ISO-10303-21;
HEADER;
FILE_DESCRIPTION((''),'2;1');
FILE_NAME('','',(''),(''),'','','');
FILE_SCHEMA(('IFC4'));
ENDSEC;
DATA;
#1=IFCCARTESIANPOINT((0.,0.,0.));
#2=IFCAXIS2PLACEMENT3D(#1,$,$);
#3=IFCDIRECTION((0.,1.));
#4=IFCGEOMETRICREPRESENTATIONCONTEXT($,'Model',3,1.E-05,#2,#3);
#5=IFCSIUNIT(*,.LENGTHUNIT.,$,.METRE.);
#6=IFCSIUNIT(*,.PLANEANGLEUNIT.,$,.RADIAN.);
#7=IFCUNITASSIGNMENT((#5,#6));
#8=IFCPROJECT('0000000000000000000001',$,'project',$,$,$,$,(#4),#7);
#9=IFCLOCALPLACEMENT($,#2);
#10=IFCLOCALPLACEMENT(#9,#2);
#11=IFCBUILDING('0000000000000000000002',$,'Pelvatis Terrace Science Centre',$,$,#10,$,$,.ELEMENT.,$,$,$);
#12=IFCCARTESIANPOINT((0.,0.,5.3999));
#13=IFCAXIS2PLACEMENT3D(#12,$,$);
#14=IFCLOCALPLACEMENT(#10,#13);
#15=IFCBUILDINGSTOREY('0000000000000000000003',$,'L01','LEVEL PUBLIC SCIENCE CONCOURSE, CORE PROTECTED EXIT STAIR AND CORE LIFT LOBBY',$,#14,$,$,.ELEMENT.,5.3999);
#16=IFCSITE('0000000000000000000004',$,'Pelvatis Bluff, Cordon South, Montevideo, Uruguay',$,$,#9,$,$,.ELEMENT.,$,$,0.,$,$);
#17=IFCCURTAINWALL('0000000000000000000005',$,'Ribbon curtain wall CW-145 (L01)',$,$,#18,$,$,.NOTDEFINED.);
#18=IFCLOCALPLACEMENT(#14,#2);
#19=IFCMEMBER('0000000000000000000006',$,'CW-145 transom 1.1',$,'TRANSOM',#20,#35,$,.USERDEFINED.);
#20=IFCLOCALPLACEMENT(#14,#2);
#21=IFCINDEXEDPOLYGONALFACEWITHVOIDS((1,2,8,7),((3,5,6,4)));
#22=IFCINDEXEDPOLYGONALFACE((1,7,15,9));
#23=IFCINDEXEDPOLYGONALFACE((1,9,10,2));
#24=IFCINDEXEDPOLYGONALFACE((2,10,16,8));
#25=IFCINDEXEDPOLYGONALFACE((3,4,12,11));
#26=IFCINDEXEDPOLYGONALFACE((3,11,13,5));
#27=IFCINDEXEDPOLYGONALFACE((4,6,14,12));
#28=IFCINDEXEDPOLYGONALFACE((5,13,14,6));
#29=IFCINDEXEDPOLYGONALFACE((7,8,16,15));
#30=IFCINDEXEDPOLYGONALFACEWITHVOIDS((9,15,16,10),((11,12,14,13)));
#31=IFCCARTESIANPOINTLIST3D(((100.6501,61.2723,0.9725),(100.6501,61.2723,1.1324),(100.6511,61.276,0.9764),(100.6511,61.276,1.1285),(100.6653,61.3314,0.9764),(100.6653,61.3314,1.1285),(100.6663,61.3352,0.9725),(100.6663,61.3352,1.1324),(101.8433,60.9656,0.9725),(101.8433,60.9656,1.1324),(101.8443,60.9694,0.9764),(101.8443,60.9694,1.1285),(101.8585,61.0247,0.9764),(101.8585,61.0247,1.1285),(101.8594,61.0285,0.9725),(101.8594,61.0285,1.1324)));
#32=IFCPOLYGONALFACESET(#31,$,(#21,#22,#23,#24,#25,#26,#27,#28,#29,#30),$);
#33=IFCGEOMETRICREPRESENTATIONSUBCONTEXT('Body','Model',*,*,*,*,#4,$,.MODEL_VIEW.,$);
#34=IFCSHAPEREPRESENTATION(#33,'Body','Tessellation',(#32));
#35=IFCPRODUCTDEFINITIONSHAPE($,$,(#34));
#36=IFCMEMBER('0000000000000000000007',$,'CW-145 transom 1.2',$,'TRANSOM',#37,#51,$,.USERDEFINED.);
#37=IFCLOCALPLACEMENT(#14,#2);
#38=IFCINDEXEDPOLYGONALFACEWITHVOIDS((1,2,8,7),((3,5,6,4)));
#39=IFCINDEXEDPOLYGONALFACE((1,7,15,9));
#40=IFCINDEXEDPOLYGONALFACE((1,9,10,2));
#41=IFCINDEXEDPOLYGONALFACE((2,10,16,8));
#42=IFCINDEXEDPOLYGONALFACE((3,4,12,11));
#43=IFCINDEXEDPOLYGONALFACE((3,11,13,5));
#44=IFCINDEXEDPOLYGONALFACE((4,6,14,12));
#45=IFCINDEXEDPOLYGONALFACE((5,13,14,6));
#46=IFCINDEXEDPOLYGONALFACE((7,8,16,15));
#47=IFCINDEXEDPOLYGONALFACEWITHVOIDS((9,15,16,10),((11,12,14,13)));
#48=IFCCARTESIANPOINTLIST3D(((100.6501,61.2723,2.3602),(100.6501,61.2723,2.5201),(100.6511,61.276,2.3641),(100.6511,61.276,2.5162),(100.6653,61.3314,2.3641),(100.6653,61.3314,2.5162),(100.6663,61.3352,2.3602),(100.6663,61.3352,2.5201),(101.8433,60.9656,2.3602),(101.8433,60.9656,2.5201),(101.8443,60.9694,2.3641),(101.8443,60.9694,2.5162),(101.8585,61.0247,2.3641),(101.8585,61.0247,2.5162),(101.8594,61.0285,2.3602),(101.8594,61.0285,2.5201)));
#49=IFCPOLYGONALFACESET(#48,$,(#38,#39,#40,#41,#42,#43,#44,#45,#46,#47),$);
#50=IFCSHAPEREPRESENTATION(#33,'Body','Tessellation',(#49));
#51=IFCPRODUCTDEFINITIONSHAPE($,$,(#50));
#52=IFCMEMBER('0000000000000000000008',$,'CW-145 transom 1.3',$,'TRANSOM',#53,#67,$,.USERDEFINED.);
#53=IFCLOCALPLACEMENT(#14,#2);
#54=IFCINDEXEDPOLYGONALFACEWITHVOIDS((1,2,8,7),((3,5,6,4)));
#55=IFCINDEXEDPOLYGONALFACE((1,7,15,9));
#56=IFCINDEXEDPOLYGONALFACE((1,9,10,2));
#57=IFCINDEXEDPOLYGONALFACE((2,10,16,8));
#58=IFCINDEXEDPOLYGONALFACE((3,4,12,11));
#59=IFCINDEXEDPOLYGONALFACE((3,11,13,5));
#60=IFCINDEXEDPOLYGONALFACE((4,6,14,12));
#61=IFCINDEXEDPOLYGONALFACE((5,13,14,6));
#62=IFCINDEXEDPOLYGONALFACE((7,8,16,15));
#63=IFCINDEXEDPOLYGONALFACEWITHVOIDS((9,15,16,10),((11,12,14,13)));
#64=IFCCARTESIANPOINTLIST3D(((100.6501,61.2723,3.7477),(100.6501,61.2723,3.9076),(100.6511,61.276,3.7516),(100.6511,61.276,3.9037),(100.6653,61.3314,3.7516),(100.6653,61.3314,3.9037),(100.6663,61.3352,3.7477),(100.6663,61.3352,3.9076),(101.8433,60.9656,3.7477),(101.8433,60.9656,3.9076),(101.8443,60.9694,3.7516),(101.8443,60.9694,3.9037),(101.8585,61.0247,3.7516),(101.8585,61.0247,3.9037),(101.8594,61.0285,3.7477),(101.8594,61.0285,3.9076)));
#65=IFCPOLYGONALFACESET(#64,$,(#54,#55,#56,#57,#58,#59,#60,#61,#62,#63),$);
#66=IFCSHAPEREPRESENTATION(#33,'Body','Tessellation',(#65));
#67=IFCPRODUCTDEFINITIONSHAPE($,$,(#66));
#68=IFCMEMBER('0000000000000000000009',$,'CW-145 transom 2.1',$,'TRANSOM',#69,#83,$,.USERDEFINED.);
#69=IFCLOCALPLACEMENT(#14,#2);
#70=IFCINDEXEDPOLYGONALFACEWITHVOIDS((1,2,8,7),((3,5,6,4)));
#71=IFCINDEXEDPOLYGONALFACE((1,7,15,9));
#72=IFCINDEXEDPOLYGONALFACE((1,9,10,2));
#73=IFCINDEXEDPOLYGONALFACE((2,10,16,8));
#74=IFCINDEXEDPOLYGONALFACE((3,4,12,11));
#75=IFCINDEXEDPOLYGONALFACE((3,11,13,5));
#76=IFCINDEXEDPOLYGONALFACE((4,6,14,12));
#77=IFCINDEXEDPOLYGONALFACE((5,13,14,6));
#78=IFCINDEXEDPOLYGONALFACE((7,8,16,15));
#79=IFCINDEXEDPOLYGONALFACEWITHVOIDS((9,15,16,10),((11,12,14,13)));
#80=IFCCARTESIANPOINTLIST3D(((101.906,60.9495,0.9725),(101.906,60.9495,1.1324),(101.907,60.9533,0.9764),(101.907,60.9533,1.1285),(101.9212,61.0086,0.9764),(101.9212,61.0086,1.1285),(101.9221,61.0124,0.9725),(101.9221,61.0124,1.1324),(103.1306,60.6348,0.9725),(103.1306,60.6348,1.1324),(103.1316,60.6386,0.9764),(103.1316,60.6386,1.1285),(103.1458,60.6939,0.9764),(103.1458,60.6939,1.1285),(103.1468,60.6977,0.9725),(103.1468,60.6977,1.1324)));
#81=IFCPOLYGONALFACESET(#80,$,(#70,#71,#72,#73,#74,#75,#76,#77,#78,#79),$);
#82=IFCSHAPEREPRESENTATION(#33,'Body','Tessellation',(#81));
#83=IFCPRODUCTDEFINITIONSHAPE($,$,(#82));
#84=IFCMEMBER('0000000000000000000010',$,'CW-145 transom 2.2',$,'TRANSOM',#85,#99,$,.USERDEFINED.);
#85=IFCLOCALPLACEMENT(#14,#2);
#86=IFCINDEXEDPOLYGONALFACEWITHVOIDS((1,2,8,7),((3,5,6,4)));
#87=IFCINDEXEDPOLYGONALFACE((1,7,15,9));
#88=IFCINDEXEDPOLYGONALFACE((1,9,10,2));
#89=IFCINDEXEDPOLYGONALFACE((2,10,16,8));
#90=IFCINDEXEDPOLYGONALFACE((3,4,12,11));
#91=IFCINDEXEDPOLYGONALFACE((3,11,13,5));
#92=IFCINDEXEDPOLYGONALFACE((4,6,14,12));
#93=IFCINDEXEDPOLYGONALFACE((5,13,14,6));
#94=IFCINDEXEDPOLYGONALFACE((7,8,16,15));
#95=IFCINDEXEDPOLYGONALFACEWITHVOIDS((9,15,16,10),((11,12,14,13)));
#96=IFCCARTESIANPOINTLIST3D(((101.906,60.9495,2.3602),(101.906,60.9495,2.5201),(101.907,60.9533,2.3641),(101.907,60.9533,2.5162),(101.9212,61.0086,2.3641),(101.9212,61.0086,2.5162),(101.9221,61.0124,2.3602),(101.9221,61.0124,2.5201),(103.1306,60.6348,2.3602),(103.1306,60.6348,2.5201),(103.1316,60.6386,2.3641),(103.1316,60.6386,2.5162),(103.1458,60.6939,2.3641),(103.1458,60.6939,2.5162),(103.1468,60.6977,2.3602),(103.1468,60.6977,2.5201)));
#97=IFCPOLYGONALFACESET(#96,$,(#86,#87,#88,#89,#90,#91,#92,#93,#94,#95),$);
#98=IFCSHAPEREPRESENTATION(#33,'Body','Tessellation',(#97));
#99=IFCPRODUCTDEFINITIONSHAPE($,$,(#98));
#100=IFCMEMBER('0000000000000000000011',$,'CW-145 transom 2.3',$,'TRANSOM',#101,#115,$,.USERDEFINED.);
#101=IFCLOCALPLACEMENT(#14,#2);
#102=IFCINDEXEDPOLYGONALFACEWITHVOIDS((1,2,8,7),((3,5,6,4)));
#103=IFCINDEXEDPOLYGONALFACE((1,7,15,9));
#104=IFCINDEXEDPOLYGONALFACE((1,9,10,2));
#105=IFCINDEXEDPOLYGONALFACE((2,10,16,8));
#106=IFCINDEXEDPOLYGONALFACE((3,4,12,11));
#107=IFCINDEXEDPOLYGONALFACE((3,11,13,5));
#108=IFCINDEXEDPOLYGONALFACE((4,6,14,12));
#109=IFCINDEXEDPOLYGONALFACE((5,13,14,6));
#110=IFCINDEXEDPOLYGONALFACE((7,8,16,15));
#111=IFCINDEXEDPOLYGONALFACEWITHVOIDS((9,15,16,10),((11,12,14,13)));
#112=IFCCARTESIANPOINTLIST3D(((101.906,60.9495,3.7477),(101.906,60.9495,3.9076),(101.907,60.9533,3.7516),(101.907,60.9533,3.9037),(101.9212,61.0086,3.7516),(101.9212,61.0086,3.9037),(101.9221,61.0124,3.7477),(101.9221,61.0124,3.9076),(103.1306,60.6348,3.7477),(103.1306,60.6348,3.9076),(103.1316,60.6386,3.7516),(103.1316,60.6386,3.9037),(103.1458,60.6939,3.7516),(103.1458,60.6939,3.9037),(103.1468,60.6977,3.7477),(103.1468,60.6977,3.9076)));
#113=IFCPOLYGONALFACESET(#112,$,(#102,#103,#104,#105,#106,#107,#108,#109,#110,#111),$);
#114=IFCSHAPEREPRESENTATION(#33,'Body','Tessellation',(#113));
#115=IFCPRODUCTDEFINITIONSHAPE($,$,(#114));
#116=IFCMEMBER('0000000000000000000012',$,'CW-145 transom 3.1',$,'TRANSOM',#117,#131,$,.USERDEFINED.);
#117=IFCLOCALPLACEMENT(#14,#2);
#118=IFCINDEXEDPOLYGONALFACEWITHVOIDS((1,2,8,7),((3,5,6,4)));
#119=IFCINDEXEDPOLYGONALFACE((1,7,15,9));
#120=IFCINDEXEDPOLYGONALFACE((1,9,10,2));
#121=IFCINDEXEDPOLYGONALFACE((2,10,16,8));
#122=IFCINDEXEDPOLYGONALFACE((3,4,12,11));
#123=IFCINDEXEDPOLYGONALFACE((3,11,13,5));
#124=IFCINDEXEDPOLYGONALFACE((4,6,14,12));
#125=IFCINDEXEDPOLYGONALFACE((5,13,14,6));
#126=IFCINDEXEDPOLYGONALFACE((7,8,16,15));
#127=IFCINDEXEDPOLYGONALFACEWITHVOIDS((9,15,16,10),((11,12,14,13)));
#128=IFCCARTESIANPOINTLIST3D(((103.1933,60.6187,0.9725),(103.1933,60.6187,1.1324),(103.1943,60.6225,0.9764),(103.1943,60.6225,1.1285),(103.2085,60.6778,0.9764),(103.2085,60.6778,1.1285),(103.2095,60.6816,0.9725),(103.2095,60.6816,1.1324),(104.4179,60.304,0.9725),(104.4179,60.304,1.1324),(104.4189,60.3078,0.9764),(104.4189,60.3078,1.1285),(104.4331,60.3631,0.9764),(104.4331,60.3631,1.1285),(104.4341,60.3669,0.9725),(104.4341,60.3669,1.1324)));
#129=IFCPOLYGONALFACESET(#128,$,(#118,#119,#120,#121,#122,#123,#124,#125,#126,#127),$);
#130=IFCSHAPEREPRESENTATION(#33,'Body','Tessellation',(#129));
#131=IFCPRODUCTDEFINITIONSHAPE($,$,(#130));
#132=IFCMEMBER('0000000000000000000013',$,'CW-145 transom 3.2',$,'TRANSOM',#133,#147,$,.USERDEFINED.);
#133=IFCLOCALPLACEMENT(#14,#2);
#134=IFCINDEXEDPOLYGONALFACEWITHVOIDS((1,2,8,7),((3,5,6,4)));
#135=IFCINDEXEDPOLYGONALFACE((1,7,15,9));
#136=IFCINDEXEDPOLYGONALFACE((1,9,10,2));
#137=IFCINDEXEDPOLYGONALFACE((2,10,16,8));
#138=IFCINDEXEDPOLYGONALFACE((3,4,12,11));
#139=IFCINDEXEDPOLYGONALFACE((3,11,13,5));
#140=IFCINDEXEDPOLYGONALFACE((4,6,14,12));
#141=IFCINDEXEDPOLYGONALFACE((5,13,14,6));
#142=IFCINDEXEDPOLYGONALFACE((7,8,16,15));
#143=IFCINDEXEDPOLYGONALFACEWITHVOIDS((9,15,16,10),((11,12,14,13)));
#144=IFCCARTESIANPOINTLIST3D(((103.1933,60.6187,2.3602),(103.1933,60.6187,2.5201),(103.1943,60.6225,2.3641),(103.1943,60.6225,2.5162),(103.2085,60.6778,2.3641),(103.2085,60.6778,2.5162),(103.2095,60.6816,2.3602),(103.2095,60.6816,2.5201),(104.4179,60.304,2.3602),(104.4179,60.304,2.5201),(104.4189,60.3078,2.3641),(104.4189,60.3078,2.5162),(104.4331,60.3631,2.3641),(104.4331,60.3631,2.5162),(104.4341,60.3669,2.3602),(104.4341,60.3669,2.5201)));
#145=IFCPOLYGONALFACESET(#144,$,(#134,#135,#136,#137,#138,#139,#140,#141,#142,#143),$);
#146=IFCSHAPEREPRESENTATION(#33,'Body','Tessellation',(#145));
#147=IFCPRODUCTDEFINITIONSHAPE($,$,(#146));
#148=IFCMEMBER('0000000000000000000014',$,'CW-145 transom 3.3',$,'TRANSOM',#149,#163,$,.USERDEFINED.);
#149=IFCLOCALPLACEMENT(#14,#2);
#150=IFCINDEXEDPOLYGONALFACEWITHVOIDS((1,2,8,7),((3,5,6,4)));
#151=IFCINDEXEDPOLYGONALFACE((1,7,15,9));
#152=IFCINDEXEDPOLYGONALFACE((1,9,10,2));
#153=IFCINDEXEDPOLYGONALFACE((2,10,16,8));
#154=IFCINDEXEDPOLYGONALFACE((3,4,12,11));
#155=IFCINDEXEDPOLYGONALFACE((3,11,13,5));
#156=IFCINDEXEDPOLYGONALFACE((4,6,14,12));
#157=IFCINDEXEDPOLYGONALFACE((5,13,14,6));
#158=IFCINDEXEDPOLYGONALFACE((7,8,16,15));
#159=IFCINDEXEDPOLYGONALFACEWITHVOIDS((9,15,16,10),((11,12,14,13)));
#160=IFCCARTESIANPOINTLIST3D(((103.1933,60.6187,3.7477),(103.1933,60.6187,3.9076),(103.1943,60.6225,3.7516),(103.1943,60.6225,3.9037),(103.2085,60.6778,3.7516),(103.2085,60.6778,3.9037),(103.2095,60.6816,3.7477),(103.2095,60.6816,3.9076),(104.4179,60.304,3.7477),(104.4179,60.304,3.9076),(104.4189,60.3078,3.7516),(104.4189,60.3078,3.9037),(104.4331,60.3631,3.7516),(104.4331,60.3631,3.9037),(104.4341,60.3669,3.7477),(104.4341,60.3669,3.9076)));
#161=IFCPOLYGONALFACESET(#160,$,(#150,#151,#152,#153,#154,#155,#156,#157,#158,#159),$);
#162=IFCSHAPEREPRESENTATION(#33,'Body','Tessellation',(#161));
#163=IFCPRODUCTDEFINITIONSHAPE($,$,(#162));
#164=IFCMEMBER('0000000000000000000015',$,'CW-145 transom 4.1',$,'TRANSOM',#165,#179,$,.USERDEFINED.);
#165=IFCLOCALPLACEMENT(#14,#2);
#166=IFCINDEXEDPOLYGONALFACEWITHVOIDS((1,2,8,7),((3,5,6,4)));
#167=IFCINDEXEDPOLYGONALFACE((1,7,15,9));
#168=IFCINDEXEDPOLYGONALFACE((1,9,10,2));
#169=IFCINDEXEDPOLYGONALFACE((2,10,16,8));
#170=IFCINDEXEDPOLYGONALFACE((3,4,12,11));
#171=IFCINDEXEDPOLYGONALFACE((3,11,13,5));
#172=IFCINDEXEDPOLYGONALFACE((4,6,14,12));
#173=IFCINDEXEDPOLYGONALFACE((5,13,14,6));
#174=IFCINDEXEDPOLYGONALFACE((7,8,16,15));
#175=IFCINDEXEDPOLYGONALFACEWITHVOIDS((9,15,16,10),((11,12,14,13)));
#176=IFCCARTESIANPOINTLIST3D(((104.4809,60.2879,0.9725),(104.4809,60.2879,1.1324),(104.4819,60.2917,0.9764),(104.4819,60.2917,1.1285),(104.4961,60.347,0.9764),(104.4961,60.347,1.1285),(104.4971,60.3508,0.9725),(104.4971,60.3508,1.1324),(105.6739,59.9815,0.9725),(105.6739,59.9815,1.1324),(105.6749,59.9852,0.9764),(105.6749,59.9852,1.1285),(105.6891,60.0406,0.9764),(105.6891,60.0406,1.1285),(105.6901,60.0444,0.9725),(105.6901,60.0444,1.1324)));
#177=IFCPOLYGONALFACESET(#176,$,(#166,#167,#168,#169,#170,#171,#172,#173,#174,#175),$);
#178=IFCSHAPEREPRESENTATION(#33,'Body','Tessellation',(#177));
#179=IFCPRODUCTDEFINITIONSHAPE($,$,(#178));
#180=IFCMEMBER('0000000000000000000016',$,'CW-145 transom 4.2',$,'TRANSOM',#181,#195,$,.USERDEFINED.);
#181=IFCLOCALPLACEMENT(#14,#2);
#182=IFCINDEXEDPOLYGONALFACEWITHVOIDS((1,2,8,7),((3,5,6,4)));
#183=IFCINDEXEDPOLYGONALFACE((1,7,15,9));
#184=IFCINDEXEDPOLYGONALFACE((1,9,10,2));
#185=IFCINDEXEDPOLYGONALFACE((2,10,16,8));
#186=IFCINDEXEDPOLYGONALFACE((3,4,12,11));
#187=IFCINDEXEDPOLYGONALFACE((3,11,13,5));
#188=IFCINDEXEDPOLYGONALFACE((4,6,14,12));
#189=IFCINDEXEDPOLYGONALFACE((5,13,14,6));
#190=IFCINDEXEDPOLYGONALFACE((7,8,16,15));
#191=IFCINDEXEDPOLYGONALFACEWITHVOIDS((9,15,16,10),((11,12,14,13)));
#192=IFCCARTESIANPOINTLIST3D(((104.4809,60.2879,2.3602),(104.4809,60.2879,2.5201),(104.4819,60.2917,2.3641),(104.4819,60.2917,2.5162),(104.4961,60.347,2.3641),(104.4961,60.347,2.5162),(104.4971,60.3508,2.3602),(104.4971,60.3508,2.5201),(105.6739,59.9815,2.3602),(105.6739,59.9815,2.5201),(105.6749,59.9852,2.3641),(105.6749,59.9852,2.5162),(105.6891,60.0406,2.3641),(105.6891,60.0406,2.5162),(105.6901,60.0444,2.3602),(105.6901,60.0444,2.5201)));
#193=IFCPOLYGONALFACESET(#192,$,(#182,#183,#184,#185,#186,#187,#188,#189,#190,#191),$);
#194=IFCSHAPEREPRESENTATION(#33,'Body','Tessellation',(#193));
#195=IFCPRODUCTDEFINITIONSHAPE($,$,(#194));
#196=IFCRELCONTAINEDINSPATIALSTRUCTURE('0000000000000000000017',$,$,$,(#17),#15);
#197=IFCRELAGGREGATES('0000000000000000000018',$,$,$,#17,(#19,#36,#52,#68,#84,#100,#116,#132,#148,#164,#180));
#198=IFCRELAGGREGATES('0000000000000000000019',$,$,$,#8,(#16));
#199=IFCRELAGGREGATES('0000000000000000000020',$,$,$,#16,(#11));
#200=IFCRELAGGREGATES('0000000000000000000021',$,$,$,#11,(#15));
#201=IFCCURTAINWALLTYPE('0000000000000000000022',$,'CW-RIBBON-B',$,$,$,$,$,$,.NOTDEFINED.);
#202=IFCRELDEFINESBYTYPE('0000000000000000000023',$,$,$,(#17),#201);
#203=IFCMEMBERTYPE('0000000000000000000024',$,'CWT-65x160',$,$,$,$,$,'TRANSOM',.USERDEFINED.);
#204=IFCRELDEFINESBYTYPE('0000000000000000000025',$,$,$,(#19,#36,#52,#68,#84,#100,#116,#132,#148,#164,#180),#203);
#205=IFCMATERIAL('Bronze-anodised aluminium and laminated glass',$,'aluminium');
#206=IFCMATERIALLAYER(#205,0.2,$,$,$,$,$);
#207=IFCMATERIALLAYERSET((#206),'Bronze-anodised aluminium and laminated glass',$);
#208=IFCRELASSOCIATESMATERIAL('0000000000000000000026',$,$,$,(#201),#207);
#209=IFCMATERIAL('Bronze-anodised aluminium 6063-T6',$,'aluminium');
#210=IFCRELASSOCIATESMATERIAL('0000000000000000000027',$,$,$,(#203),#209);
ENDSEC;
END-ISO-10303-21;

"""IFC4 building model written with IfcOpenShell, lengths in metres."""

from ifc_helpers import new_model, si_unit, direction, frame, origin, origin_2d, place, context, subcontext, project, spatial, hollow_rectangle, extrude, material, layer, layer_set, material_profile, profile_set, type_object, element, aggregate, save


model = new_model("IFC4")

# Units and contexts
model_context = context("Model", 3, precision=1e-05, world=origin(), true_north=direction((0.0, 1.0)))
body_context = subcontext(model_context, "Body", "Model", "MODEL_VIEW")
ifc_project = project(units=[si_unit("LENGTHUNIT", "METRE"), si_unit("PLANEANGLEUNIT", "RADIAN")], contexts=[model_context])

# Site, building, storey
site_placement = place(None, origin())
site = spatial("IfcSite", under=ifc_project, at=site_placement, Name="Pelvatis Bluff, Cordon South, Montevideo, Uruguay", CompositionType="ELEMENT", RefElevation=0.0)
building_placement = place(site_placement, origin())
building = spatial("IfcBuilding", under=site, at=building_placement, Name="Pelvatis Terrace Science Centre", CompositionType="ELEMENT")
storey_placement = place(building_placement, frame((0.0, 0.0, 5.3999)))
storey = spatial("IfcBuildingStorey", under=building, at=storey_placement, Name="L01", Description="LEVEL PUBLIC SCIENCE CONCOURSE, CORE PROTECTED EXIT STAIR AND CORE LIFT LOBBY", CompositionType="ELEMENT", Elevation=5.3999)

# Shared definitions
ifc_material_1 = material(Name="Bronze-anodised aluminium and laminated glass", Category="aluminium")
ifc_layer_1 = layer(ifc_material_1, 0.2)
ifc_layer_set_1 = layer_set([ifc_layer_1], Name="Bronze-anodised aluminium and laminated glass")
curtain_wall_type = type_object("IfcCurtainWallType", Name="CW-RIBBON-B", PredefinedType="NOTDEFINED", material=ifc_layer_set_1)

# Curtain wall, members
curtain_wall_1_placement = place(storey_placement, origin())
curtain_wall_1 = element("IfcCurtainWall", 1, at=curtain_wall_1_placement, inside=storey, type_object=curtain_wall_type, Name="Ribbon curtain wall CW-145 (L01)", PredefinedType="NOTDEFINED")
ifc_material_2 = material(Name="Bronze-anodised aluminium 6063-T6", Category="aluminium")
ifc_material_profile_1 = material_profile(ifc_material_2, hollow_rectangle(XDim=0.0649, YDim=0.1599, WallThickness=0.0039, at=origin_2d()), Name="ALU-TRN 65x160")
ifc_profile_set_1 = profile_set([ifc_material_profile_1], Name="Bronze-anodised aluminium 6063-T6")
member_type_1 = type_object("IfcMemberType", Name="CWT-65x160", ElementType="TRANSOM", PredefinedType="USERDEFINED", material=ifc_profile_set_1)
member_1_placement = place(storey_placement, frame((100.6582, 61.3037, 1.0525), z_axis=(0.968524, -0.248919, 0.0), x_axis=(0.248919, 0.968524, 0.0)))
member_1 = element("IfcMember", 2, at=member_1_placement, type_object=member_type_1, Name="CW-145 transom 1.1", ObjectType="TRANSOM", PredefinedType="USERDEFINED", context=body_context, shape_type="SweptSolid", body=[
    extrude(hollow_rectangle(XDim=0.0649, YDim=0.1599, WallThickness=0.0039, at=origin_2d()), origin(), (0.0, 0.0, 1.0), 1.2319),
])
member_2_placement = place(storey_placement, frame((100.6582, 61.3037, 2.4402), z_axis=(0.968524, -0.248919, 0.0), x_axis=(0.248919, 0.968524, 0.0)))
member_2 = element("IfcMember", 3, at=member_2_placement, type_object=member_type_1, Name="CW-145 transom 1.2", ObjectType="TRANSOM", PredefinedType="USERDEFINED", context=body_context, shape_type="SweptSolid", body=[
    extrude(hollow_rectangle(XDim=0.0649, YDim=0.1599, WallThickness=0.0039, at=origin_2d()), origin(), (0.0, 0.0, 1.0), 1.2319),
])
member_3_placement = place(storey_placement, frame((100.6582, 61.3037, 3.8276), z_axis=(0.968524, -0.248919, 0.0), x_axis=(0.248919, 0.968524, 0.0)))
member_3 = element("IfcMember", 4, at=member_3_placement, type_object=member_type_1, Name="CW-145 transom 1.3", ObjectType="TRANSOM", PredefinedType="USERDEFINED", context=body_context, shape_type="SweptSolid", body=[
    extrude(hollow_rectangle(XDim=0.0649, YDim=0.1599, WallThickness=0.0039, at=origin_2d()), origin(), (0.0, 0.0, 1.0), 1.2319),
])
member_4_placement = place(storey_placement, frame((101.9141, 60.981, 1.0525), z_axis=(0.968532, -0.248891, 0.0), x_axis=(0.248891, 0.968532, 0.0)))
member_4 = element("IfcMember", 5, at=member_4_placement, type_object=member_type_1, Name="CW-145 transom 2.1", ObjectType="TRANSOM", PredefinedType="USERDEFINED", context=body_context, shape_type="SweptSolid", body=[
    extrude(hollow_rectangle(XDim=0.0649, YDim=0.1599, WallThickness=0.0039, at=origin_2d()), origin(), (0.0, 0.0, 1.0), 1.2644),
])
member_5_placement = place(storey_placement, frame((101.9141, 60.981, 2.4402), z_axis=(0.968532, -0.248891, 0.0), x_axis=(0.248891, 0.968532, 0.0)))
member_5 = element("IfcMember", 6, at=member_5_placement, type_object=member_type_1, Name="CW-145 transom 2.2", ObjectType="TRANSOM", PredefinedType="USERDEFINED", context=body_context, shape_type="SweptSolid", body=[
    extrude(hollow_rectangle(XDim=0.0649, YDim=0.1599, WallThickness=0.0039, at=origin_2d()), origin(), (0.0, 0.0, 1.0), 1.2644),
])
member_6_placement = place(storey_placement, frame((101.9141, 60.981, 3.8276), z_axis=(0.968532, -0.248891, 0.0), x_axis=(0.248891, 0.968532, 0.0)))
member_6 = element("IfcMember", 7, at=member_6_placement, type_object=member_type_1, Name="CW-145 transom 2.3", ObjectType="TRANSOM", PredefinedType="USERDEFINED", context=body_context, shape_type="SweptSolid", body=[
    extrude(hollow_rectangle(XDim=0.0649, YDim=0.1599, WallThickness=0.0039, at=origin_2d()), origin(), (0.0, 0.0, 1.0), 1.2644),
])
member_7_placement = place(storey_placement, frame((103.2014, 60.6501, 1.0525), z_axis=(0.968532, -0.248891, 0.0), x_axis=(0.248891, 0.968532, 0.0)))
member_7 = element("IfcMember", 8, at=member_7_placement, type_object=member_type_1, Name="CW-145 transom 3.1", ObjectType="TRANSOM", PredefinedType="USERDEFINED", context=body_context, shape_type="SweptSolid", body=[
    extrude(hollow_rectangle(XDim=0.0649, YDim=0.1599, WallThickness=0.0039, at=origin_2d()), origin(), (0.0, 0.0, 1.0), 1.2644),
])
member_8_placement = place(storey_placement, frame((103.2014, 60.6501, 2.4402), z_axis=(0.968532, -0.248891, 0.0), x_axis=(0.248891, 0.968532, 0.0)))
member_8 = element("IfcMember", 9, at=member_8_placement, type_object=member_type_1, Name="CW-145 transom 3.2", ObjectType="TRANSOM", PredefinedType="USERDEFINED", context=body_context, shape_type="SweptSolid", body=[
    extrude(hollow_rectangle(XDim=0.0649, YDim=0.1599, WallThickness=0.0039, at=origin_2d()), origin(), (0.0, 0.0, 1.0), 1.2644),
])
member_9_placement = place(storey_placement, frame((103.2014, 60.6501, 3.8276), z_axis=(0.968532, -0.248891, 0.0), x_axis=(0.248891, 0.968532, 0.0)))
member_9 = element("IfcMember", 10, at=member_9_placement, type_object=member_type_1, Name="CW-145 transom 3.3", ObjectType="TRANSOM", PredefinedType="USERDEFINED", context=body_context, shape_type="SweptSolid", body=[
    extrude(hollow_rectangle(XDim=0.0649, YDim=0.1599, WallThickness=0.0039, at=origin_2d()), origin(), (0.0, 0.0, 1.0), 1.2644),
])
member_10_placement = place(storey_placement, frame((104.489, 60.3193, 1.0525), z_axis=(0.96856, -0.248781, 0.0), x_axis=(0.248781, 0.96856, 0.0)))
member_10 = element("IfcMember", 11, at=member_10_placement, type_object=member_type_1, Name="CW-145 transom 4.1", ObjectType="TRANSOM", PredefinedType="USERDEFINED", context=body_context, shape_type="SweptSolid", body=[
    extrude(hollow_rectangle(XDim=0.0649, YDim=0.1599, WallThickness=0.0039, at=origin_2d()), origin(), (0.0, 0.0, 1.0), 1.2317),
])
member_11_placement = place(storey_placement, frame((104.489, 60.3193, 2.4402), z_axis=(0.96856, -0.248781, 0.0), x_axis=(0.248781, 0.96856, 0.0)))
member_11 = element("IfcMember", 12, at=member_11_placement, type_object=member_type_1, Name="CW-145 transom 4.2", ObjectType="TRANSOM", PredefinedType="USERDEFINED", context=body_context, shape_type="SweptSolid", body=[
    extrude(hollow_rectangle(XDim=0.0649, YDim=0.1599, WallThickness=0.0039, at=origin_2d()), origin(), (0.0, 0.0, 1.0), 1.2317),
])

aggregate(curtain_wall_1, [member_1, member_2, member_3, member_4, member_5, member_6, member_7, member_8, member_9, member_10, member_11])

save(model, "model.ifc")
